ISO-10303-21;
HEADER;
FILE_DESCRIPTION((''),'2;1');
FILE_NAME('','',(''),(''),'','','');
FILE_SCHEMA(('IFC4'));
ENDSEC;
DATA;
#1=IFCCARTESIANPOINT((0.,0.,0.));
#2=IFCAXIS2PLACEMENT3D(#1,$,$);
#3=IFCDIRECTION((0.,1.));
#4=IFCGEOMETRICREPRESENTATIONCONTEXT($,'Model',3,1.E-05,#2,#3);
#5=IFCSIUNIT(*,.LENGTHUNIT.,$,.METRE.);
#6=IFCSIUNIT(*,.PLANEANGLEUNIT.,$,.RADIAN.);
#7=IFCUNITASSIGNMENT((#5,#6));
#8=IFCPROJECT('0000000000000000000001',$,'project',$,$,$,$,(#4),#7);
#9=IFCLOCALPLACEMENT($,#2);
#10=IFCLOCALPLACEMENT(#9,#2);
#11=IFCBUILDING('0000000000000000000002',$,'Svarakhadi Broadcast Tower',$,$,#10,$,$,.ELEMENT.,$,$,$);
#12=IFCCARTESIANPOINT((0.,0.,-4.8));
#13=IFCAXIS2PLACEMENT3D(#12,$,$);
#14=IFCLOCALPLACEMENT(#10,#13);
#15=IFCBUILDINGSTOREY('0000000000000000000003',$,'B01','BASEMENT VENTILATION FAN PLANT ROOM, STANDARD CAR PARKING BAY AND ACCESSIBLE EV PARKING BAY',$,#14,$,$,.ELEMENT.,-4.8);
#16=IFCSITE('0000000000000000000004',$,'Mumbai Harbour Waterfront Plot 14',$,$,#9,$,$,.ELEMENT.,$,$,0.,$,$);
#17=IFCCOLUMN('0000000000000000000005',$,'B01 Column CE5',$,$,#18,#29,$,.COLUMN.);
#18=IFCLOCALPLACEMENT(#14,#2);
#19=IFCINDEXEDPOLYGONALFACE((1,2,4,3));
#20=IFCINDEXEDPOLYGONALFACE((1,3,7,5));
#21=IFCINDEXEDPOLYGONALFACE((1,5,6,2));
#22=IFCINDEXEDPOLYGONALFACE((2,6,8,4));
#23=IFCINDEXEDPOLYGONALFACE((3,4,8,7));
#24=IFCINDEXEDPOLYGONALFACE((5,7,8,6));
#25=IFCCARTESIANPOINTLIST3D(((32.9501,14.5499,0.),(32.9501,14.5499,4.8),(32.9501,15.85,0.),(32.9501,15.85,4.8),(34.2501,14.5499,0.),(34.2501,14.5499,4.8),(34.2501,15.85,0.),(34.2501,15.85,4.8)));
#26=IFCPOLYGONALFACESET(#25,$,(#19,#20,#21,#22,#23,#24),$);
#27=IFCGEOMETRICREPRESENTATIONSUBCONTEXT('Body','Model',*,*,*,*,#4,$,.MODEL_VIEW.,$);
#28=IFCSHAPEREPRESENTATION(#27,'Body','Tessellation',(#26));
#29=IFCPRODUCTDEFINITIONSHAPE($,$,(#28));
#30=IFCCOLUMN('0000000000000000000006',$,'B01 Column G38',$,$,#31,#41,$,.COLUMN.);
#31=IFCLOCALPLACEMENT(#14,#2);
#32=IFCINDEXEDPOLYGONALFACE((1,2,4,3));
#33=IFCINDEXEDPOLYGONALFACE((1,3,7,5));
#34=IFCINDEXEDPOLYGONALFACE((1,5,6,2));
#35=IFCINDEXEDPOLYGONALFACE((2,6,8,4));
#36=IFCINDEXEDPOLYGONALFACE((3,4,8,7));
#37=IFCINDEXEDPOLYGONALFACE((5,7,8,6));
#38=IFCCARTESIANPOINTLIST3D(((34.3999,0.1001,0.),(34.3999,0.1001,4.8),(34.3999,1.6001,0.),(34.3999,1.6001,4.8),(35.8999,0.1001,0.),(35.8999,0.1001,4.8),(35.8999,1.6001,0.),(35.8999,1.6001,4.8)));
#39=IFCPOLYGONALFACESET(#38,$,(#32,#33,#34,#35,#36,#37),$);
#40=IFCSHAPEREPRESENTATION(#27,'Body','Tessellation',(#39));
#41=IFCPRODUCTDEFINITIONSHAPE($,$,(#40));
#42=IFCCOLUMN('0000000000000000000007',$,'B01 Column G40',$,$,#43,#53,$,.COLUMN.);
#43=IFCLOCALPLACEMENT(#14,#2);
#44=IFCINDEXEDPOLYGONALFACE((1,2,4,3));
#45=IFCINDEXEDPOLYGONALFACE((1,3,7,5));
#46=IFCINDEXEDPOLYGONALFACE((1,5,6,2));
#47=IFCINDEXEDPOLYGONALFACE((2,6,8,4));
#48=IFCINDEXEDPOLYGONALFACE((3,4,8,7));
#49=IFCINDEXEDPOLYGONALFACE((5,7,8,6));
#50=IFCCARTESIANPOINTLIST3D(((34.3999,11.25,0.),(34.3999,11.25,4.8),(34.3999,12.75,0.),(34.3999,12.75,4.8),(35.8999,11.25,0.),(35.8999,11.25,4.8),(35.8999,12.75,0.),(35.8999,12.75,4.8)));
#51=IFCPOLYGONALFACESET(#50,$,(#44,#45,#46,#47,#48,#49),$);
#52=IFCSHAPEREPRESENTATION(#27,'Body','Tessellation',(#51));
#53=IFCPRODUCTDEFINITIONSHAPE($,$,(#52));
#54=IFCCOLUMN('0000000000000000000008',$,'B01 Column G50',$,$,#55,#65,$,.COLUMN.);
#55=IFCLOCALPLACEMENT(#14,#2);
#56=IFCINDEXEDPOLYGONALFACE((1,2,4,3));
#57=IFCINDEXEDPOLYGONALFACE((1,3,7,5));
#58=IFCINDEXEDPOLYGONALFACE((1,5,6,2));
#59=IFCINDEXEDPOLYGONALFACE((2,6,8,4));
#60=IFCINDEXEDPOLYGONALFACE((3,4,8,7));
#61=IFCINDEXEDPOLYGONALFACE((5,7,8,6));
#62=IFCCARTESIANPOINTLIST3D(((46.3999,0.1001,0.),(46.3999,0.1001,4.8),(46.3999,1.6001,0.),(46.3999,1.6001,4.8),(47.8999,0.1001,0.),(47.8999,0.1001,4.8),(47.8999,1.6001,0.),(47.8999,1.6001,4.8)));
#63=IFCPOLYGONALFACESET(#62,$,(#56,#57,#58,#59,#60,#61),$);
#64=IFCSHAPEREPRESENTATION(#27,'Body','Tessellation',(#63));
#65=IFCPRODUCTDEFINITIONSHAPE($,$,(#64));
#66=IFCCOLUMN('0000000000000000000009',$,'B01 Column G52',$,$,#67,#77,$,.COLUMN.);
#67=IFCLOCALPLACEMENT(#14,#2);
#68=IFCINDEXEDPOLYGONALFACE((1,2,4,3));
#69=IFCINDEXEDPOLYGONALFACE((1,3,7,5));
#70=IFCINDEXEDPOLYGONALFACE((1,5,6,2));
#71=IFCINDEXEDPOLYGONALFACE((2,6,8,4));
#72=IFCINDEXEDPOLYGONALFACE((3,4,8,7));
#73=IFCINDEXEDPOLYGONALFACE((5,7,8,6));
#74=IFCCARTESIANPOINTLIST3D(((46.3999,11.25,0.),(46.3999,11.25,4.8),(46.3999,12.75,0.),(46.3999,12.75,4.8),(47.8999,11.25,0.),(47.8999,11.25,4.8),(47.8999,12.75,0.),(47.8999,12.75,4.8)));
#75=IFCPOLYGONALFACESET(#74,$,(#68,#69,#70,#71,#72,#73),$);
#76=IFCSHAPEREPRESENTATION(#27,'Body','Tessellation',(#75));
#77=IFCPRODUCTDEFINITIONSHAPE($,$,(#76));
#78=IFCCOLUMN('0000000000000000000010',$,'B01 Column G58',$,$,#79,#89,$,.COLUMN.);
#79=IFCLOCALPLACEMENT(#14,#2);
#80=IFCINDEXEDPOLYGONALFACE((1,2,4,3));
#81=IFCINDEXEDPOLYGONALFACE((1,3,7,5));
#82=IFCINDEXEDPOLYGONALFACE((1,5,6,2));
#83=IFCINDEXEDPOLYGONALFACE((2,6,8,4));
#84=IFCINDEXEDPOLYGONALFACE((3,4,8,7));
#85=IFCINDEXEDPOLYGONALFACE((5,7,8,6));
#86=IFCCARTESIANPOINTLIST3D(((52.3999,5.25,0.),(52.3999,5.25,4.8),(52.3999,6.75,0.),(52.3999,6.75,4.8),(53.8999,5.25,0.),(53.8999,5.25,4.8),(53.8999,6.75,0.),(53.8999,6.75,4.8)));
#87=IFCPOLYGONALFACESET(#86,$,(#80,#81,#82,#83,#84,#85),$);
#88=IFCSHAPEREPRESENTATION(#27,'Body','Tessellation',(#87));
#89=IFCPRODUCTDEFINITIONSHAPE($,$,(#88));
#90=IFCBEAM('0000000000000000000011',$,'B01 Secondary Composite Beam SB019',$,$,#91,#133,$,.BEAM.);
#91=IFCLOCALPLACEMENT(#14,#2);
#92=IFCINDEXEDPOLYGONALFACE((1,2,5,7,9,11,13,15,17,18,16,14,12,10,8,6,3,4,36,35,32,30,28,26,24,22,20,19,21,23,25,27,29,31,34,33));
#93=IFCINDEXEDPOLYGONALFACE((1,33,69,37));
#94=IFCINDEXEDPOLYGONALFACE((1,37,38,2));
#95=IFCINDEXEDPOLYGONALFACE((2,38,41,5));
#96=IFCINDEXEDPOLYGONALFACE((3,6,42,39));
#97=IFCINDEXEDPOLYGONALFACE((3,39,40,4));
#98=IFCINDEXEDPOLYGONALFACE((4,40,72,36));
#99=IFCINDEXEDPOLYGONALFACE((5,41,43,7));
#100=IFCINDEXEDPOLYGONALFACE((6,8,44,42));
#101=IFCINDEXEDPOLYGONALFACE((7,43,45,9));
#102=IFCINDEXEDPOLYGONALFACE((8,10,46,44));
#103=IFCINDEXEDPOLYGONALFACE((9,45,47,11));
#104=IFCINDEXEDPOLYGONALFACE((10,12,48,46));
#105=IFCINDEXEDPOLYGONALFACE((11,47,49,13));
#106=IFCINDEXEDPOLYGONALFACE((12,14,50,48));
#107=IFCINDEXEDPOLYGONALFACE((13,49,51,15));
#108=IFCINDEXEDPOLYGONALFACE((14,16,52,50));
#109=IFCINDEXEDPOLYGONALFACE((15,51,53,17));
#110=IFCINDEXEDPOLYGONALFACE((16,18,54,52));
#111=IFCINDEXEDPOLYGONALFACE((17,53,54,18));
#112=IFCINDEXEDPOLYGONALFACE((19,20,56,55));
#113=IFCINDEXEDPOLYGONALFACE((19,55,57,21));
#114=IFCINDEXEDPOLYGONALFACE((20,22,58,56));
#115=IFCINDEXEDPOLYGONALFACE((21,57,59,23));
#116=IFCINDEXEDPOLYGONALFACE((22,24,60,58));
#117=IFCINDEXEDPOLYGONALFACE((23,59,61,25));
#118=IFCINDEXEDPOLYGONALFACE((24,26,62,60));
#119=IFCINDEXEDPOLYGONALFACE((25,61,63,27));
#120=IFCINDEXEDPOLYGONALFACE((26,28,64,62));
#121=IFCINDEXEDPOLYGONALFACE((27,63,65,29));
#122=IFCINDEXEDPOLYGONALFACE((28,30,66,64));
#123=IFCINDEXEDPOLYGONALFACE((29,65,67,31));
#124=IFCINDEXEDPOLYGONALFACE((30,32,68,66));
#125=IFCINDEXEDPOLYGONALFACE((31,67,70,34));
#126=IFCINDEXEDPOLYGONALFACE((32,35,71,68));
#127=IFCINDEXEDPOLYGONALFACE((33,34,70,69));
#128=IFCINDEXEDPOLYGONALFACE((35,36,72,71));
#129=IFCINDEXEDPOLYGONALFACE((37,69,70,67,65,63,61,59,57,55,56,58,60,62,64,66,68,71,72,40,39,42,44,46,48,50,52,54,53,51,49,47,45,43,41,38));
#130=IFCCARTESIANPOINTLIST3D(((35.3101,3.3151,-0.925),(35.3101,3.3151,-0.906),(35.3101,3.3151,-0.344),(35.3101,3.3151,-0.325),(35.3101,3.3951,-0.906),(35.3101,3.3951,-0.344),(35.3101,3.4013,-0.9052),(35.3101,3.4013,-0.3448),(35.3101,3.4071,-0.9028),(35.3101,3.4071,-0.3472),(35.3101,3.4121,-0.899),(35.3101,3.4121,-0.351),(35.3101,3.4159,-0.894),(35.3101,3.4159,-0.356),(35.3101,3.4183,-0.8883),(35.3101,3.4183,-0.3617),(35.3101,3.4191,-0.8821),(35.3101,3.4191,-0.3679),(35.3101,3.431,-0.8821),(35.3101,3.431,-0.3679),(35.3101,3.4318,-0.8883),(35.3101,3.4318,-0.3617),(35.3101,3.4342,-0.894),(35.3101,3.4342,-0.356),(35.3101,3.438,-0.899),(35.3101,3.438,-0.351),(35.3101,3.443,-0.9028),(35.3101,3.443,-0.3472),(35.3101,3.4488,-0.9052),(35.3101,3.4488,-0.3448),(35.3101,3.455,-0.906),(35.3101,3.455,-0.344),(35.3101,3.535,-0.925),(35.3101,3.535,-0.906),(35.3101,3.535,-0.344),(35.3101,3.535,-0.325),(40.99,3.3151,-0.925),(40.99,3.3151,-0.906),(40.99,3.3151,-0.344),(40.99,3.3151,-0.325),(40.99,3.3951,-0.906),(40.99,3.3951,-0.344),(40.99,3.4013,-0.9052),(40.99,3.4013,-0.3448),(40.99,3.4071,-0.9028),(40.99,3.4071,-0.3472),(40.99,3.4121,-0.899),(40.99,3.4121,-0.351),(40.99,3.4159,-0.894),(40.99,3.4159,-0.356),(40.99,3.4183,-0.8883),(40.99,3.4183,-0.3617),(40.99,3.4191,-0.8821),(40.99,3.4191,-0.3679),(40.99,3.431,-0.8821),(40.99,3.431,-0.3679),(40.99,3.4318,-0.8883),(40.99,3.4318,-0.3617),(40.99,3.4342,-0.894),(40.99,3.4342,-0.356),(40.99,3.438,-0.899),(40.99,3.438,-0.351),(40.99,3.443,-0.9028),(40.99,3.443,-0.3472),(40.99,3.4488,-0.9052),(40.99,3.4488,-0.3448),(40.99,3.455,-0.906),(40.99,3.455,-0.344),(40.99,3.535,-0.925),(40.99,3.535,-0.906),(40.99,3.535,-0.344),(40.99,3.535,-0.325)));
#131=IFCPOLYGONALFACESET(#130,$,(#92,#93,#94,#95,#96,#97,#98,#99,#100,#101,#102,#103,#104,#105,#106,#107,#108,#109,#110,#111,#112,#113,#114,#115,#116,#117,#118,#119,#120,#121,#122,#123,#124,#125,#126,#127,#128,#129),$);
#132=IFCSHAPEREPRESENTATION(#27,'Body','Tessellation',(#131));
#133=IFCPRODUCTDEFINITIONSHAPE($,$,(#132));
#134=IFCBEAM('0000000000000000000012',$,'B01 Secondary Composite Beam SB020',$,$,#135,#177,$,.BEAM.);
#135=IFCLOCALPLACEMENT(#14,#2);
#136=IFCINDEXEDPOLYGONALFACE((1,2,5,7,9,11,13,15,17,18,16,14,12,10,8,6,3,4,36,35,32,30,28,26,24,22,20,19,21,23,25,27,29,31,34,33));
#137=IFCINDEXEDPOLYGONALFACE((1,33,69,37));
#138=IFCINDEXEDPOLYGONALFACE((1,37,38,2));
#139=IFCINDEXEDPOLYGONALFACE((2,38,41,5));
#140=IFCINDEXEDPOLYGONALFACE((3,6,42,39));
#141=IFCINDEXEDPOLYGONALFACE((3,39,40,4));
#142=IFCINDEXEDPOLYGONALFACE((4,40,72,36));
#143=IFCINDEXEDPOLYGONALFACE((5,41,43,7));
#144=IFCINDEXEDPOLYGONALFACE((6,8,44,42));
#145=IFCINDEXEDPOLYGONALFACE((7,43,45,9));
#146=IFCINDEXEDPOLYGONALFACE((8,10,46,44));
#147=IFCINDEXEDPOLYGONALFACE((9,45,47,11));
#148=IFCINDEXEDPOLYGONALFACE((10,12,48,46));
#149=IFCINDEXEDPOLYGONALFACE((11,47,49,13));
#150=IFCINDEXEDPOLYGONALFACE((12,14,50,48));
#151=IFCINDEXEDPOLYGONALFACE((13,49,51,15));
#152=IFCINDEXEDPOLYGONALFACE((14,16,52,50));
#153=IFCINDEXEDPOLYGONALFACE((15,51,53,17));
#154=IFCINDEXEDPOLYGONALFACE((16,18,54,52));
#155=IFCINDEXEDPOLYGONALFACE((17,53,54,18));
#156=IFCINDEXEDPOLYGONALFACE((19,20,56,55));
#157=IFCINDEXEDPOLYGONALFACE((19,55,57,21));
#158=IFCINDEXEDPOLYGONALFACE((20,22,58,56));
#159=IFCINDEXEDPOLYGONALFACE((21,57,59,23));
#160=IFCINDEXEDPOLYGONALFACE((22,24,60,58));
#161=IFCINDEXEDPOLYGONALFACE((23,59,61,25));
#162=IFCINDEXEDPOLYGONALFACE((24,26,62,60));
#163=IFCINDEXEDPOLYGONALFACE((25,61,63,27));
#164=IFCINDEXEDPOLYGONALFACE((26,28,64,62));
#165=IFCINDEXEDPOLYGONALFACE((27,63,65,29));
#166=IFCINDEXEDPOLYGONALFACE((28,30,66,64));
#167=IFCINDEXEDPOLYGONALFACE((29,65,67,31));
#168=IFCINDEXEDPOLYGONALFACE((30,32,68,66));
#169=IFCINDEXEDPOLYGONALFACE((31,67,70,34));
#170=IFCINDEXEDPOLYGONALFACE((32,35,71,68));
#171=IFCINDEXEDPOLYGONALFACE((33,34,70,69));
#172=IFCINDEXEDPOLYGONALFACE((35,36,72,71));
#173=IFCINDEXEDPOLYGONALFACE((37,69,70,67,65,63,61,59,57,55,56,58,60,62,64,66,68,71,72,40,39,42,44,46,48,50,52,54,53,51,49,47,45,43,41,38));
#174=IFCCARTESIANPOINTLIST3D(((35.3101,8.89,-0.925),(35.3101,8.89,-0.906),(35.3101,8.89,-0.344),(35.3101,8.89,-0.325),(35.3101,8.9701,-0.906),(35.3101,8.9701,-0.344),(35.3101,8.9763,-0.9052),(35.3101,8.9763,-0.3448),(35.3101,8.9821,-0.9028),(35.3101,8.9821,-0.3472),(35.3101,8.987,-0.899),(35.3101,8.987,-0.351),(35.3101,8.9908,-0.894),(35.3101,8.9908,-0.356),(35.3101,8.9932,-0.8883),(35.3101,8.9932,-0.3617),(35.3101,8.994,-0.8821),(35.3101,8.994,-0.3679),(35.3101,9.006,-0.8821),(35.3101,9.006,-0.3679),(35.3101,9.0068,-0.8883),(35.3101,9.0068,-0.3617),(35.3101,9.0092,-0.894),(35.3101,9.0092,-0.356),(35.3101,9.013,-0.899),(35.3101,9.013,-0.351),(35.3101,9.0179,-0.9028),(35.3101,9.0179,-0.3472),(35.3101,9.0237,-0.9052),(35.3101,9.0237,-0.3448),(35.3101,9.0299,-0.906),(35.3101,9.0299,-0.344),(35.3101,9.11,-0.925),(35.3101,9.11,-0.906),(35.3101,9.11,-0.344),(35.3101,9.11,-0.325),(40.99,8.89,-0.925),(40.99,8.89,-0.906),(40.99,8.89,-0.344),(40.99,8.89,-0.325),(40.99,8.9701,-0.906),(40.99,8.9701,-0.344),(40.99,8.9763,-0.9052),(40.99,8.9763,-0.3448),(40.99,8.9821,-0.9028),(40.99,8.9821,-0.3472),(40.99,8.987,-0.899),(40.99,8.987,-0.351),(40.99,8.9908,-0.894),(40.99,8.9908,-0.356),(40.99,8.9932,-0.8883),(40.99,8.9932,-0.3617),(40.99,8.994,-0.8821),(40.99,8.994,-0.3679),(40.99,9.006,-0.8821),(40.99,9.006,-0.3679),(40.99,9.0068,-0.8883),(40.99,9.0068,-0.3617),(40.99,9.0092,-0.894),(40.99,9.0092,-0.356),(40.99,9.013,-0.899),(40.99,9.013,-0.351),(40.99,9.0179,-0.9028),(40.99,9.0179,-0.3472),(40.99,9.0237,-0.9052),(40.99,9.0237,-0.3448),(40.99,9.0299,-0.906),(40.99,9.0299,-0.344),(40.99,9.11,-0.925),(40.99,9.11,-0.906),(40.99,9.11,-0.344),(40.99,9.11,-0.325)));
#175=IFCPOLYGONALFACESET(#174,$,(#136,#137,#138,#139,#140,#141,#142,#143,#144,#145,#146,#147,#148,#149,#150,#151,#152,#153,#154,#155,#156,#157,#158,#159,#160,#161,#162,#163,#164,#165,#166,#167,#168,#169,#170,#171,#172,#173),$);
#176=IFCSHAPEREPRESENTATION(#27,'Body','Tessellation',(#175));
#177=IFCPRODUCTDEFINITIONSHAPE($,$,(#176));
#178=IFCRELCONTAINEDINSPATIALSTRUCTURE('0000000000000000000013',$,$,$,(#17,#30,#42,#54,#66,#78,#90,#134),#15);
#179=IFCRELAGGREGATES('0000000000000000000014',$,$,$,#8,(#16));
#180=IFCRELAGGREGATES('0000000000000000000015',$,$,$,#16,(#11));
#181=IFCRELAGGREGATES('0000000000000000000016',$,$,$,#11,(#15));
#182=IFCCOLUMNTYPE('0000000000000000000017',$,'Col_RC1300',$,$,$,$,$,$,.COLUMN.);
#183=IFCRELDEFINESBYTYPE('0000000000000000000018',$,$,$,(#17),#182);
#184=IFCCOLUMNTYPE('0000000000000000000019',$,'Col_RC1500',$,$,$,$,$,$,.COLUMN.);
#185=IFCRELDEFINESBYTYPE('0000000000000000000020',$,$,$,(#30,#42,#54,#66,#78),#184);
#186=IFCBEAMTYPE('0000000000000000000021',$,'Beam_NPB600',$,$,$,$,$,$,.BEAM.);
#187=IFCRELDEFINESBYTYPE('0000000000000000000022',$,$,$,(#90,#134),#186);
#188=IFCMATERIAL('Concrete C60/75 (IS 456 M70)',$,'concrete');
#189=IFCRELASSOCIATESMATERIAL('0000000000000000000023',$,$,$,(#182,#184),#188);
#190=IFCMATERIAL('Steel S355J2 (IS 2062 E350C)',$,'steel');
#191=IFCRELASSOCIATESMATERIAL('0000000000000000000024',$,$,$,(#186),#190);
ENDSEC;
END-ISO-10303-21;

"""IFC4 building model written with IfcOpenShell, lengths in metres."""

from ifc_helpers import new_model, si_unit, direction, frame, origin, origin_2d, place, context, subcontext, project, spatial, rectangle, i_section, extrude, material, material_profile, profile_set, type_object, element, save


model = new_model("IFC4")

# Units and contexts
model_context = context("Model", 3, precision=1e-05, world=origin(), true_north=direction((0.0, 1.0)))
body_context = subcontext(model_context, "Body", "Model", "MODEL_VIEW")
ifc_project = project(units=[si_unit("LENGTHUNIT", "METRE"), si_unit("PLANEANGLEUNIT", "RADIAN")], contexts=[model_context])

# Site, building, storey
site_placement = place(None, origin())
site = spatial("IfcSite", under=ifc_project, at=site_placement, Name="Mumbai Harbour Waterfront Plot 14", CompositionType="ELEMENT", RefElevation=0.0)
building_placement = place(site_placement, origin())
building = spatial("IfcBuilding", under=site, at=building_placement, Name="Svarakhadi Broadcast Tower", CompositionType="ELEMENT")
storey_placement = place(building_placement, frame((0.0, 0.0, -4.8)))
storey = spatial("IfcBuildingStorey", under=building, at=storey_placement, Name="B01", Description="BASEMENT VENTILATION FAN PLANT ROOM, STANDARD CAR PARKING BAY AND ACCESSIBLE EV PARKING BAY", CompositionType="ELEMENT", Elevation=-4.8)

# Columns
ifc_material_1 = material(Name="Concrete C60/75 (IS 456 M70)", Category="concrete")
ifc_material_profile_1 = material_profile(ifc_material_1, rectangle(XDim=1.3, YDim=1.3, at=origin_2d()), Name="RC 1300x1300")
ifc_profile_set_1 = profile_set([ifc_material_profile_1], Name="Concrete C60/75 (IS 456 M70)")
column_type_1 = type_object("IfcColumnType", Name="Col_RC1300", PredefinedType="COLUMN", material=ifc_profile_set_1)
column_placement = place(storey_placement, frame((33.6001, 15.2, 0.0), z_axis=(0.0, 0.0, 1.0), x_axis=(1.0, 0.0, 0.0)))
element("IfcColumn", 1, at=column_placement, inside=storey, type_object=column_type_1, Name="B01 Column CE5", PredefinedType="COLUMN", context=body_context, shape_type="SweptSolid", body=[
    extrude(rectangle(XDim=1.3, YDim=1.3, at=origin_2d()), origin(), (0.0, 0.0, 1.0), 4.8),
])
ifc_material_profile_2 = material_profile(ifc_material_1, rectangle(XDim=1.5, YDim=1.5, at=origin_2d()), Name="RC 1500x1500")
ifc_profile_set_2 = profile_set([ifc_material_profile_2], Name="Concrete C60/75 (IS 456 M70)")
column_type_2 = type_object("IfcColumnType", Name="Col_RC1500", PredefinedType="COLUMN", material=ifc_profile_set_2)
for number, where, z_axis, x_axis, name in (
    (2, (35.1499, 0.8501, 0.0), (0.0, 0.0, 1.0), (1.0, 0.0, 0.0), "B01 Column G38"),
    (3, (35.1499, 12.0, 0.0), (0.0, 0.0, 1.0), (1.0, 0.0, 0.0), "B01 Column G40"),
    (4, (47.1499, 0.8501, 0.0), (0.0, 0.0, 1.0), (1.0, 0.0, 0.0), "B01 Column G50"),
    (5, (47.1499, 12.0, 0.0), (0.0, 0.0, 1.0), (1.0, 0.0, 0.0), "B01 Column G52"),
    (6, (53.1499, 6.0, 0.0), (0.0, 0.0, 1.0), (1.0, 0.0, 0.0), "B01 Column G58"),
):
    element("IfcColumn", number, at=place(storey_placement, frame(where, z_axis=z_axis, x_axis=x_axis)), inside=storey, type_object=column_type_2, Name=name, PredefinedType="COLUMN", context=body_context, shape_type="SweptSolid", body=[
        extrude(rectangle(XDim=1.5, YDim=1.5, at=origin_2d()), origin(), (0.0, 0.0, 1.0), 4.8),
    ])

# Beams
ifc_material_2 = material(Name="Steel S355J2 (IS 2062 E350C)", Category="steel")
ifc_material_profile_3 = material_profile(ifc_material_2, i_section(OverallWidth=0.22, OverallDepth=0.6001, WebThickness=0.012, FlangeThickness=0.019, FilletRadius=0.0239, at=origin_2d()), Name="NPB 600x220x122")
ifc_profile_set_3 = profile_set([ifc_material_profile_3], Name="Steel S355J2 (IS 2062 E350C)")
beam_type_1 = type_object("IfcBeamType", Name="Beam_NPB600", PredefinedType="BEAM", material=ifc_profile_set_3)
for number, where, z_axis, x_axis, name in (
    (7, (35.3101, 3.425, -0.625), (1.0, 0.0, 0.0), (0.0, 1.0, 0.0), "B01 Secondary Composite Beam SB019"),
    (8, (35.3101, 9.0, -0.625), (1.0, 0.0, 0.0), (0.0, 1.0, 0.0), "B01 Secondary Composite Beam SB020"),
):
    element("IfcBeam", number, at=place(storey_placement, frame(where, z_axis=z_axis, x_axis=x_axis)), inside=storey, type_object=beam_type_1, Name=name, PredefinedType="BEAM", context=body_context, shape_type="SweptSolid", body=[
        extrude(i_section(OverallWidth=0.22, OverallDepth=0.6001, WebThickness=0.012, FlangeThickness=0.019, FilletRadius=0.0239, at=origin_2d()), origin(), (0.0, 0.0, 1.0), 5.6799),
    ])

save(model, "model.ifc")
